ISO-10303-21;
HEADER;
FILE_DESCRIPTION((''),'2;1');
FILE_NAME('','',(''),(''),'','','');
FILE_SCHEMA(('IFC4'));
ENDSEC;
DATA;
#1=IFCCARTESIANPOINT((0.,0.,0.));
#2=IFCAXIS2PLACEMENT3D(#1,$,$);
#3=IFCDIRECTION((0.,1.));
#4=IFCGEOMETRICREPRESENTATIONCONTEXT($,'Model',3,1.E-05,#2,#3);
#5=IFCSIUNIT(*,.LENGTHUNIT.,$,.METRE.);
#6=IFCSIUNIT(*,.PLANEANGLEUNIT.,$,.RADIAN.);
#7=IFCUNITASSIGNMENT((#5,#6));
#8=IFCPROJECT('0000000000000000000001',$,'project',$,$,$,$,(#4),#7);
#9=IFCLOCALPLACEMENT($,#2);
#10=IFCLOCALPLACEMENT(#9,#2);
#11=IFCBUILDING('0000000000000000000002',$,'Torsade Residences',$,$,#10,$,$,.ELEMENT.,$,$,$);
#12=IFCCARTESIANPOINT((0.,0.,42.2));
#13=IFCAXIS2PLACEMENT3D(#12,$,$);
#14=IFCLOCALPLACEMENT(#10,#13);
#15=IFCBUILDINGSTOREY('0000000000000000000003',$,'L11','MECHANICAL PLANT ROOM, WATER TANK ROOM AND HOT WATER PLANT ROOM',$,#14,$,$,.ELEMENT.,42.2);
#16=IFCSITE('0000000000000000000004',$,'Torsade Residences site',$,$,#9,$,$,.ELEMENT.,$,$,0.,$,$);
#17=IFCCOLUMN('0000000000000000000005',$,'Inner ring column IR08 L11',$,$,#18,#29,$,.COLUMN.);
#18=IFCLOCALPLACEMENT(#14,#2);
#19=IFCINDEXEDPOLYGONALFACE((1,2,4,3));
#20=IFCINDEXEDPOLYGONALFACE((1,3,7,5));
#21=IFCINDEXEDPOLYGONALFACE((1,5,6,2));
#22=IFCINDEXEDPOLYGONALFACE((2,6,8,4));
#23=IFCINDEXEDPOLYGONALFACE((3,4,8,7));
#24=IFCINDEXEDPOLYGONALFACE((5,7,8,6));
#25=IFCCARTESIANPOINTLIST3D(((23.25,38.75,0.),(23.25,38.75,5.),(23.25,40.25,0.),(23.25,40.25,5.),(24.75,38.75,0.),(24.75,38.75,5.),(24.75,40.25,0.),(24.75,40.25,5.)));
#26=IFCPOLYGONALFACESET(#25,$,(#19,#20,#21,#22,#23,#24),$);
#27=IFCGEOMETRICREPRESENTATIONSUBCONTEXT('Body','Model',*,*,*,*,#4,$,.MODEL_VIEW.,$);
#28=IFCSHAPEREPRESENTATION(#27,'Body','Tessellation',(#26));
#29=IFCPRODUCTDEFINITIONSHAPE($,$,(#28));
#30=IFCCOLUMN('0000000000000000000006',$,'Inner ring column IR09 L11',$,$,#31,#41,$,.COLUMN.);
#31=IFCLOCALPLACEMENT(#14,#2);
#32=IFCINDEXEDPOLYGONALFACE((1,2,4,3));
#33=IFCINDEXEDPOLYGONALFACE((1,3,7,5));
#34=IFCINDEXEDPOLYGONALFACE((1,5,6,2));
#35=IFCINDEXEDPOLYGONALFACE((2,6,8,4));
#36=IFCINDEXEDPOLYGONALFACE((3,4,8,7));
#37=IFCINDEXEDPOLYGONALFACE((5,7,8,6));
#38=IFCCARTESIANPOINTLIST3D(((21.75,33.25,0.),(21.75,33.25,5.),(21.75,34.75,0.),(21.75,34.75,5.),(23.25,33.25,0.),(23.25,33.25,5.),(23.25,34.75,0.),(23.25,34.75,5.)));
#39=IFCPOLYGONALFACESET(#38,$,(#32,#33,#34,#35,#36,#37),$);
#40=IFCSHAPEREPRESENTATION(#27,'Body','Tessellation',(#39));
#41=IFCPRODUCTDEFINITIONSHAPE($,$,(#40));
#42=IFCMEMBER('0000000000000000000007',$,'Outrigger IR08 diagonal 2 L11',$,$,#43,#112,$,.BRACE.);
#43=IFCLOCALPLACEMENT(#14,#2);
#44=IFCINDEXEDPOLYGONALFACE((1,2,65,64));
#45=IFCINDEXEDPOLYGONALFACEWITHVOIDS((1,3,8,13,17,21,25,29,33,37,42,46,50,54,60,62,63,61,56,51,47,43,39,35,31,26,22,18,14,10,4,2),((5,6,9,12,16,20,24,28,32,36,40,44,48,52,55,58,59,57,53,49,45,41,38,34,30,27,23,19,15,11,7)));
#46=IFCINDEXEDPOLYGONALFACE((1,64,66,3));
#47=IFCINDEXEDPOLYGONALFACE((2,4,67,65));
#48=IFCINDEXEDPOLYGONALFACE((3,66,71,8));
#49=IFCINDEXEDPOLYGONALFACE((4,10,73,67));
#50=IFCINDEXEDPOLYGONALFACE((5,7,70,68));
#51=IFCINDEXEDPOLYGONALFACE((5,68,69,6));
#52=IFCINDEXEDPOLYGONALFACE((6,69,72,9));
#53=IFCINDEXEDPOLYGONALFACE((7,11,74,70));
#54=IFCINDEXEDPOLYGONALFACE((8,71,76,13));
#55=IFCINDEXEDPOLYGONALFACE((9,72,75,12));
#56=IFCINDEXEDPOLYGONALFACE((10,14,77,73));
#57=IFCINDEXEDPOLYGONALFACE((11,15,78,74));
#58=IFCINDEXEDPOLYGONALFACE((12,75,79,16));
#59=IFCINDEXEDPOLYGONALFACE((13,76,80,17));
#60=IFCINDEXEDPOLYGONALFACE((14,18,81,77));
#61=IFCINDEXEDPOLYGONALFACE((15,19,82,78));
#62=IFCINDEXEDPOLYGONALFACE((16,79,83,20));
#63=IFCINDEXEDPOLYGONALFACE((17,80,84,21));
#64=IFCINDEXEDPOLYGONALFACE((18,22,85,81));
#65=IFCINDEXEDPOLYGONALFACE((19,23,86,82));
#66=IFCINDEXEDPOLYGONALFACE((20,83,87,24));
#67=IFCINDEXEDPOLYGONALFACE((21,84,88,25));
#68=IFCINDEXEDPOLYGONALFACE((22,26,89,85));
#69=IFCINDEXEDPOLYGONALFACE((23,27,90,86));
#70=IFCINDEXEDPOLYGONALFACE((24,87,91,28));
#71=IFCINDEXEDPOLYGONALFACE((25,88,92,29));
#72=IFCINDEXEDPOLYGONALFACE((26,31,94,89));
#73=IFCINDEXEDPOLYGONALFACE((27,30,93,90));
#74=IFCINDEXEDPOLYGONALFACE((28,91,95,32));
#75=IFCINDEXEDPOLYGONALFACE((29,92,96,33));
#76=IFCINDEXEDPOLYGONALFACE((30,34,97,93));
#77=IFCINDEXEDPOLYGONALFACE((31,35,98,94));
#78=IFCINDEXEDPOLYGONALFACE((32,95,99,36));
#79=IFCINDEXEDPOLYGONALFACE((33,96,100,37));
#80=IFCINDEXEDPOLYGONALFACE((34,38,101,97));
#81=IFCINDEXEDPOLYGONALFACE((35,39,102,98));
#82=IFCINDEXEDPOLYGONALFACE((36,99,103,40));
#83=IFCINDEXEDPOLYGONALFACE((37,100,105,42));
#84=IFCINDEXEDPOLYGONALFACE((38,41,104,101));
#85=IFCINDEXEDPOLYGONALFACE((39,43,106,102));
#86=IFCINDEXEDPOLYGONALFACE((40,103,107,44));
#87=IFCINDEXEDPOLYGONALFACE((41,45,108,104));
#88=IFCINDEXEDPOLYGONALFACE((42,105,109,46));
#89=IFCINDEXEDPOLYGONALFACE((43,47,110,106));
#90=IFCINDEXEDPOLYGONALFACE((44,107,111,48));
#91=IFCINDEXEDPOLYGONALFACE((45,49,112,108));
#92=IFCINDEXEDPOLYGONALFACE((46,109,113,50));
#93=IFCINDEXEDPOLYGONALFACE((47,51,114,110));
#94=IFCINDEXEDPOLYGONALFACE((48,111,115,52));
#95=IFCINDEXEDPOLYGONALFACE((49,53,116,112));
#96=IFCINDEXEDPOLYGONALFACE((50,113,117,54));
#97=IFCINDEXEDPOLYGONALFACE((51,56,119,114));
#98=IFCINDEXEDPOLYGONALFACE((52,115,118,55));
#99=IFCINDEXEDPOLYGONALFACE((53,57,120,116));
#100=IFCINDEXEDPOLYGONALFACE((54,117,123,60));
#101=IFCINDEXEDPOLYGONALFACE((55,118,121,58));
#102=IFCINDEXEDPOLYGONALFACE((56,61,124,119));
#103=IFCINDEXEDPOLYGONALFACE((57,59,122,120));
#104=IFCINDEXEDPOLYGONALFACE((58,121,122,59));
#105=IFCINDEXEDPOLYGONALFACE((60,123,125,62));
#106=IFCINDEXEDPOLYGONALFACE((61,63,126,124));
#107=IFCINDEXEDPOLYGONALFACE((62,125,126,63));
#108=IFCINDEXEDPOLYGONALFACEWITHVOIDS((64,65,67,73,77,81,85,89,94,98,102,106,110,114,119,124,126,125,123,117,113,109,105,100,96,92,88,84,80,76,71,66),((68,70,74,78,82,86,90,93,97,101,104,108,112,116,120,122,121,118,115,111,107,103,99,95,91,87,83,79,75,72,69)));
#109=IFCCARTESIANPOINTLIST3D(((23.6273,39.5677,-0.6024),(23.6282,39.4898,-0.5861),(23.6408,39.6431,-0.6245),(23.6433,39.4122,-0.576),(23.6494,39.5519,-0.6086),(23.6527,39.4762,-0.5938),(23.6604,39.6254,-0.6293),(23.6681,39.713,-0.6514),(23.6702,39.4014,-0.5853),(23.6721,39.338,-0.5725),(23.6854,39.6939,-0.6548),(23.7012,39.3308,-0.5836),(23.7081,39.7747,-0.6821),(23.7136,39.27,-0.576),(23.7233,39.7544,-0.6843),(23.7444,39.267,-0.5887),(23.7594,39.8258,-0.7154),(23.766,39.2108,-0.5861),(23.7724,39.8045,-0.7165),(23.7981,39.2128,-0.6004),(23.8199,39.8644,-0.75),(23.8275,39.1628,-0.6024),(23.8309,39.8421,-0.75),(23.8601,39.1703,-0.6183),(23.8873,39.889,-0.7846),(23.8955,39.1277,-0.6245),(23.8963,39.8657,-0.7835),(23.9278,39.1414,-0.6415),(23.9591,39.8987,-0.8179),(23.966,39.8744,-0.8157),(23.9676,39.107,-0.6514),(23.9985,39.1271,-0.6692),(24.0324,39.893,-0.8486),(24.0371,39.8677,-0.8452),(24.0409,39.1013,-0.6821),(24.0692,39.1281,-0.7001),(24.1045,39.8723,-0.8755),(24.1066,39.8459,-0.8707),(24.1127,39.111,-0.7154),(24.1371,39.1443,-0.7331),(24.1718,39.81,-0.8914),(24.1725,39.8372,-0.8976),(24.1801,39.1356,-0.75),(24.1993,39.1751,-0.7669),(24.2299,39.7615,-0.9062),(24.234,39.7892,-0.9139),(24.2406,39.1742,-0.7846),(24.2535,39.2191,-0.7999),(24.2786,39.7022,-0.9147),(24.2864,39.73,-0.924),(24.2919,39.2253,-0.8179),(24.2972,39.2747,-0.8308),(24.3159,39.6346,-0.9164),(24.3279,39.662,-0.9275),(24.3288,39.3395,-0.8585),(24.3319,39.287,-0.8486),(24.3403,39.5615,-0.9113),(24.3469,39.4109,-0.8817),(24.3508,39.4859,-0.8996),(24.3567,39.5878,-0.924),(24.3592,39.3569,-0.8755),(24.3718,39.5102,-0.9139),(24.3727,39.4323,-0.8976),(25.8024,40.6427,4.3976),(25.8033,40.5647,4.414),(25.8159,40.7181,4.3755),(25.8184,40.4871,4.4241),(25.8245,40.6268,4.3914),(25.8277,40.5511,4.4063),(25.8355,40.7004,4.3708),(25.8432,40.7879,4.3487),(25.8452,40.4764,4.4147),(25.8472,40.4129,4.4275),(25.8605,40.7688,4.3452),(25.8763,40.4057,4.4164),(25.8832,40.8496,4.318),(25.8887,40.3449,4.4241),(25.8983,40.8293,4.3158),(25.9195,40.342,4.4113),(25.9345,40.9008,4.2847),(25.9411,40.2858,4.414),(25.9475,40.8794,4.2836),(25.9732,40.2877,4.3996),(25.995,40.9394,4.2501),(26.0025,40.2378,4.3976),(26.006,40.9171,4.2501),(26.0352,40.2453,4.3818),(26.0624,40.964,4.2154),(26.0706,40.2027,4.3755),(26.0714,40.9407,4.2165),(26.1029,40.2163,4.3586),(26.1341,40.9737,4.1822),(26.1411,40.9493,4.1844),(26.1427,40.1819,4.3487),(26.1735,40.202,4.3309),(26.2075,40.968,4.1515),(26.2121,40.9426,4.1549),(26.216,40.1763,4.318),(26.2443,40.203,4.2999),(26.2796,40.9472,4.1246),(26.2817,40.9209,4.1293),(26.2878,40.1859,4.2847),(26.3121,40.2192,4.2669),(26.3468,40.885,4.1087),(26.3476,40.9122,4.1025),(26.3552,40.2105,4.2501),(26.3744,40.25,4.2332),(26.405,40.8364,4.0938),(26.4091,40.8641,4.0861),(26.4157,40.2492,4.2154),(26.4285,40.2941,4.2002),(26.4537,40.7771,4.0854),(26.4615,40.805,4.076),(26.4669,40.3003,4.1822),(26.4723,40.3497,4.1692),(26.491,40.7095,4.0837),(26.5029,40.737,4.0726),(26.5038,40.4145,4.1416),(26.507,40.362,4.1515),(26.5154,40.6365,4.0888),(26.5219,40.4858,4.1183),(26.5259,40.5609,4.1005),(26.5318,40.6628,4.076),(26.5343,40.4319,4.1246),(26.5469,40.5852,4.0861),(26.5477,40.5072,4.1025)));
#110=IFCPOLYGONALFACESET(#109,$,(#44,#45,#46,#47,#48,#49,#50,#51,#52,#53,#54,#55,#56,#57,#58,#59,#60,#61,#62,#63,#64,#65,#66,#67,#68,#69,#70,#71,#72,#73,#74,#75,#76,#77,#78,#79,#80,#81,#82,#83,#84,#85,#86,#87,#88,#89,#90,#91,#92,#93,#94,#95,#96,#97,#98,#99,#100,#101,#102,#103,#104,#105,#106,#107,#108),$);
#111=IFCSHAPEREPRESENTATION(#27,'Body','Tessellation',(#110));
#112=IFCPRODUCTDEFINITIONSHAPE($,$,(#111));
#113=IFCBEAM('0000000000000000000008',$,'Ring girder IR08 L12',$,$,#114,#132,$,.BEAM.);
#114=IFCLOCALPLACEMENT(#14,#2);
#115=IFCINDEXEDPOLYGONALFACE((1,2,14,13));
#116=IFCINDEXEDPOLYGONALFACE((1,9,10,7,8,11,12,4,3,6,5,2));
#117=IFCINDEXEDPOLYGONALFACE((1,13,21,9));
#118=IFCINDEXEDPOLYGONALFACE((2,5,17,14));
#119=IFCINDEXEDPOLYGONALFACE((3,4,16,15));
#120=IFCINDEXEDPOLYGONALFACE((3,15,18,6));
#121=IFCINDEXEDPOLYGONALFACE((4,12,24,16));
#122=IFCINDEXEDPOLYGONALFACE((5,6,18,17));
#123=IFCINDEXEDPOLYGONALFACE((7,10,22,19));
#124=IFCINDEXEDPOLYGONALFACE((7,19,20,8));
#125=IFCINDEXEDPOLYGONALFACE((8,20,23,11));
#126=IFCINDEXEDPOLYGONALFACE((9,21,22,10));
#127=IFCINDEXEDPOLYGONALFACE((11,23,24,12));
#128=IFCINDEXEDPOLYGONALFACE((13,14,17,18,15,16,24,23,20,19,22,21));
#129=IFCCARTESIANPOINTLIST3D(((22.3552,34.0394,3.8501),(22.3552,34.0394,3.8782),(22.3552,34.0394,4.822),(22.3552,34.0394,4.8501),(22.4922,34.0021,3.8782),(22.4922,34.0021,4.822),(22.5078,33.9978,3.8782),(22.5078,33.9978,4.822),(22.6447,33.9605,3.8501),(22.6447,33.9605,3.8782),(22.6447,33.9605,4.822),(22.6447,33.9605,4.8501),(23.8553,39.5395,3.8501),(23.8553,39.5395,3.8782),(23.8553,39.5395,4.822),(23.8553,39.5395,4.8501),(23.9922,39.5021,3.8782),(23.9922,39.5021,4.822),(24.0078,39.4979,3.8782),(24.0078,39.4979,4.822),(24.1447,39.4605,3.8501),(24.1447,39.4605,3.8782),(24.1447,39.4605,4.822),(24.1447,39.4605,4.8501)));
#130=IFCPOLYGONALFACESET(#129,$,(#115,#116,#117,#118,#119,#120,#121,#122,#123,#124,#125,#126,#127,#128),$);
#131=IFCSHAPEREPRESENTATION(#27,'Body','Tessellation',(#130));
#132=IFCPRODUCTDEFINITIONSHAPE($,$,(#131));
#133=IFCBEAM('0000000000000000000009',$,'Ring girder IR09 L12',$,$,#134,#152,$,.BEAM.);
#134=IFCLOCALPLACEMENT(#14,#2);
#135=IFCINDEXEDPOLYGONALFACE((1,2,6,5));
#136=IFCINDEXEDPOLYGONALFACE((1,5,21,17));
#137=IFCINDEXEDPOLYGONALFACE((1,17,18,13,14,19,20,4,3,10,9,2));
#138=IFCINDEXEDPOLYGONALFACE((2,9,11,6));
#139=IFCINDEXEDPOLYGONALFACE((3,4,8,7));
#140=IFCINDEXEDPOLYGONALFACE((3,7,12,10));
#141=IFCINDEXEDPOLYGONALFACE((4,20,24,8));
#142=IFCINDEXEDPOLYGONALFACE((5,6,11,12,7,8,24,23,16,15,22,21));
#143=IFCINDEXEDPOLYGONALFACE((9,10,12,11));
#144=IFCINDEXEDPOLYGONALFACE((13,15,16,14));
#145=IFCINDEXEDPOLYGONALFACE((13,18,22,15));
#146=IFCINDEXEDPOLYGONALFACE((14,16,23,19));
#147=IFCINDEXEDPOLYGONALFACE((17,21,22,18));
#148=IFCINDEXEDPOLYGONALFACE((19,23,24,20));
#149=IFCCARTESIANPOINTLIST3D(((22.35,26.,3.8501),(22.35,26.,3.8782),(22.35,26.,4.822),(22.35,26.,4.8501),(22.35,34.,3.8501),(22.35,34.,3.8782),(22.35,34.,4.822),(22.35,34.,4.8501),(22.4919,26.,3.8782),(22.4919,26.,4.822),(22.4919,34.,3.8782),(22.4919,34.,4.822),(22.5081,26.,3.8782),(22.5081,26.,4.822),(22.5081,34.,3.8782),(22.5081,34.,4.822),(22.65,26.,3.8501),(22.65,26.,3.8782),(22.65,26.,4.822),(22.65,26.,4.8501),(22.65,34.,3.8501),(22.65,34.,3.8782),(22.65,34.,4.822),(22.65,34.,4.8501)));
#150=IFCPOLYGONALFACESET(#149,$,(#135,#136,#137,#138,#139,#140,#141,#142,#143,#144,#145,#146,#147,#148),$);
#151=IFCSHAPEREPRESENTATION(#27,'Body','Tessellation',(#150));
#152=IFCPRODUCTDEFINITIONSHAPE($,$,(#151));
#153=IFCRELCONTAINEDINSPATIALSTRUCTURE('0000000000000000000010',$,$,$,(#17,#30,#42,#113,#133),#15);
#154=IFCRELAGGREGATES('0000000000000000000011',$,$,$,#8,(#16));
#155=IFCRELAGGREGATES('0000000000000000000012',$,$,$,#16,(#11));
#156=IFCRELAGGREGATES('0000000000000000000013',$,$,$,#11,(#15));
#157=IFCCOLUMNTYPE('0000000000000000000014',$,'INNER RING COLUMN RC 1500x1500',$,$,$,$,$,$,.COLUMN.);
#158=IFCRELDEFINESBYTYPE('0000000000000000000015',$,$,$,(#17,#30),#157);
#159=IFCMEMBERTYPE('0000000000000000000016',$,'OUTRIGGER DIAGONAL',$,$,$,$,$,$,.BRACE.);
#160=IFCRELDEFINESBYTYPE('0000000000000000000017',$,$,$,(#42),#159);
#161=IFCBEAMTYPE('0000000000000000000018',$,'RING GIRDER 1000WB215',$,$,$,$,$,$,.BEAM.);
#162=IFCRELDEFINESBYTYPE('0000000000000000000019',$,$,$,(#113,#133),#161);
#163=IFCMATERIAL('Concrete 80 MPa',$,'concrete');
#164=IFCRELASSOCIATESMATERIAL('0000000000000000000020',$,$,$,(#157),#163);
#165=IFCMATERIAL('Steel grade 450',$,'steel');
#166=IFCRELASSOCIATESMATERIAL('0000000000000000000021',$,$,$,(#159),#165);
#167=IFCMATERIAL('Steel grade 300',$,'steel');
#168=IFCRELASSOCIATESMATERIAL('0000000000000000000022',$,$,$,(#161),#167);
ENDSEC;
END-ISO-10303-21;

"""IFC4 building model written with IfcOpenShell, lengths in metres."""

from ifc_helpers import new_model, si_unit, direction, frame, origin, origin_2d, place, context, subcontext, project, spatial, rectangle, hollow_circle, i_section, extrude, material, material_profile, profile_set, type_object, element, save


model = new_model("IFC4")

# Units and contexts
model_context = context("Model", 3, precision=1e-05, world=origin(), true_north=direction((0.0, 1.0)))
body_context = subcontext(model_context, "Body", "Model", "MODEL_VIEW")
ifc_project = project(units=[si_unit("LENGTHUNIT", "METRE"), si_unit("PLANEANGLEUNIT", "RADIAN")], contexts=[model_context])

# Site, building, storey
site_placement = place(None, origin())
site = spatial("IfcSite", under=ifc_project, at=site_placement, Name="Torsade Residences site", CompositionType="ELEMENT", RefElevation=0.0)
building_placement = place(site_placement, origin())
building = spatial("IfcBuilding", under=site, at=building_placement, Name="Torsade Residences", CompositionType="ELEMENT")
storey_placement = place(building_placement, frame((0.0, 0.0, 42.2)))
storey = spatial("IfcBuildingStorey", under=building, at=storey_placement, Name="L11", Description="MECHANICAL PLANT ROOM, WATER TANK ROOM AND HOT WATER PLANT ROOM", CompositionType="ELEMENT", Elevation=42.2)

# Columns
ifc_material_1 = material(Name="Concrete 80 MPa", Category="concrete")
ifc_material_profile_1 = material_profile(ifc_material_1, rectangle(XDim=1.5, YDim=1.5, at=origin_2d()), Name="RC 1500x1500")
ifc_profile_set_1 = profile_set([ifc_material_profile_1], Name="Concrete 80 MPa")
column_type = type_object("IfcColumnType", Name="INNER RING COLUMN RC 1500x1500", PredefinedType="COLUMN", material=ifc_profile_set_1)
for number, where, z_axis, x_axis, name in (
    (1, (24.0, 39.5, 0.0), (0.0, 0.0, 1.0), (1.0, 0.0, 0.0), "Inner ring column IR08 L11"),
    (2, (22.5, 34.0, 0.0), (0.0, 0.0, 1.0), (1.0, 0.0, 0.0), "Inner ring column IR09 L11"),
):
    element("IfcColumn", number, at=place(storey_placement, frame(where, z_axis=z_axis, x_axis=x_axis)), inside=storey, type_object=column_type, Name=name, PredefinedType="COLUMN", context=body_context, shape_type="SweptSolid", body=[
        extrude(rectangle(XDim=1.5, YDim=1.5, at=origin_2d()), origin(), (0.0, 0.0, 1.0), 5.0),
    ])

# Member
ifc_material_2 = material(Name="Steel grade 450", Category="steel")
ifc_material_profile_2 = material_profile(ifc_material_2, hollow_circle(Radius=0.4065, WallThickness=0.0249, at=origin_2d()), Name="813.0x25.0CHS")
ifc_profile_set_2 = profile_set([ifc_material_profile_2], Name="Steel grade 450")
member_type_1 = type_object("IfcMemberType", Name="OUTRIGGER DIAGONAL", PredefinedType="BRACE", material=ifc_profile_set_2)
member_1_placement = place(storey_placement, frame((24.0, 39.5, -0.75), z_axis=(0.391368, 0.193422, 0.899677), x_axis=(-0.443063, 0.896491, 0.0)))
element("IfcMember", 3, at=member_1_placement, inside=storey, type_object=member_type_1, Name="Outrigger IR08 diagonal 2 L11", PredefinedType="BRACE", context=body_context, shape_type="SweptSolid", body=[
    extrude(hollow_circle(Radius=0.4065, WallThickness=0.0249, at=origin_2d()), origin(), (0.0, 0.0, 1.0), 5.5576),
])

# Beams
ifc_material_3 = material(Name="Steel grade 300", Category="steel")
ifc_material_profile_3 = material_profile(ifc_material_3, i_section(OverallWidth=0.3, OverallDepth=1.0, WebThickness=0.0161, FlangeThickness=0.0281, at=origin_2d()), Name="1000WB215")
ifc_profile_set_3 = profile_set([ifc_material_profile_3], Name="Steel grade 300")
beam_type_1 = type_object("IfcBeamType", Name="RING GIRDER 1000WB215", PredefinedType="BEAM", material=ifc_profile_set_3)
beam_1_placement = place(storey_placement, frame((24.0, 39.5, 4.3501), z_axis=(-0.263117, -0.964764, 0.0), x_axis=(0.964764, -0.263117, 0.0)))
element("IfcBeam", 4, at=beam_1_placement, inside=storey, type_object=beam_type_1, Name="Ring girder IR08 L12", PredefinedType="BEAM", context=body_context, shape_type="SweptSolid", body=[
    extrude(i_section(OverallWidth=0.3, OverallDepth=1.0, WebThickness=0.0161, FlangeThickness=0.0281, at=origin_2d()), origin(), (0.0, 0.0, 1.0), 5.7009),
])
beam_2_placement = place(storey_placement, frame((22.5, 34.0, 4.3501), z_axis=(0.0, -1.0, 0.0), x_axis=(1.0, 0.0, 0.0)))
element("IfcBeam", 5, at=beam_2_placement, inside=storey, type_object=beam_type_1, Name="Ring girder IR09 L12", PredefinedType="BEAM", context=body_context, shape_type="SweptSolid", body=[
    extrude(i_section(OverallWidth=0.3, OverallDepth=1.0, WebThickness=0.0161, FlangeThickness=0.0281, at=origin_2d()), origin(), (0.0, 0.0, 1.0), 8.0),
])

save(model, "model.ifc")
